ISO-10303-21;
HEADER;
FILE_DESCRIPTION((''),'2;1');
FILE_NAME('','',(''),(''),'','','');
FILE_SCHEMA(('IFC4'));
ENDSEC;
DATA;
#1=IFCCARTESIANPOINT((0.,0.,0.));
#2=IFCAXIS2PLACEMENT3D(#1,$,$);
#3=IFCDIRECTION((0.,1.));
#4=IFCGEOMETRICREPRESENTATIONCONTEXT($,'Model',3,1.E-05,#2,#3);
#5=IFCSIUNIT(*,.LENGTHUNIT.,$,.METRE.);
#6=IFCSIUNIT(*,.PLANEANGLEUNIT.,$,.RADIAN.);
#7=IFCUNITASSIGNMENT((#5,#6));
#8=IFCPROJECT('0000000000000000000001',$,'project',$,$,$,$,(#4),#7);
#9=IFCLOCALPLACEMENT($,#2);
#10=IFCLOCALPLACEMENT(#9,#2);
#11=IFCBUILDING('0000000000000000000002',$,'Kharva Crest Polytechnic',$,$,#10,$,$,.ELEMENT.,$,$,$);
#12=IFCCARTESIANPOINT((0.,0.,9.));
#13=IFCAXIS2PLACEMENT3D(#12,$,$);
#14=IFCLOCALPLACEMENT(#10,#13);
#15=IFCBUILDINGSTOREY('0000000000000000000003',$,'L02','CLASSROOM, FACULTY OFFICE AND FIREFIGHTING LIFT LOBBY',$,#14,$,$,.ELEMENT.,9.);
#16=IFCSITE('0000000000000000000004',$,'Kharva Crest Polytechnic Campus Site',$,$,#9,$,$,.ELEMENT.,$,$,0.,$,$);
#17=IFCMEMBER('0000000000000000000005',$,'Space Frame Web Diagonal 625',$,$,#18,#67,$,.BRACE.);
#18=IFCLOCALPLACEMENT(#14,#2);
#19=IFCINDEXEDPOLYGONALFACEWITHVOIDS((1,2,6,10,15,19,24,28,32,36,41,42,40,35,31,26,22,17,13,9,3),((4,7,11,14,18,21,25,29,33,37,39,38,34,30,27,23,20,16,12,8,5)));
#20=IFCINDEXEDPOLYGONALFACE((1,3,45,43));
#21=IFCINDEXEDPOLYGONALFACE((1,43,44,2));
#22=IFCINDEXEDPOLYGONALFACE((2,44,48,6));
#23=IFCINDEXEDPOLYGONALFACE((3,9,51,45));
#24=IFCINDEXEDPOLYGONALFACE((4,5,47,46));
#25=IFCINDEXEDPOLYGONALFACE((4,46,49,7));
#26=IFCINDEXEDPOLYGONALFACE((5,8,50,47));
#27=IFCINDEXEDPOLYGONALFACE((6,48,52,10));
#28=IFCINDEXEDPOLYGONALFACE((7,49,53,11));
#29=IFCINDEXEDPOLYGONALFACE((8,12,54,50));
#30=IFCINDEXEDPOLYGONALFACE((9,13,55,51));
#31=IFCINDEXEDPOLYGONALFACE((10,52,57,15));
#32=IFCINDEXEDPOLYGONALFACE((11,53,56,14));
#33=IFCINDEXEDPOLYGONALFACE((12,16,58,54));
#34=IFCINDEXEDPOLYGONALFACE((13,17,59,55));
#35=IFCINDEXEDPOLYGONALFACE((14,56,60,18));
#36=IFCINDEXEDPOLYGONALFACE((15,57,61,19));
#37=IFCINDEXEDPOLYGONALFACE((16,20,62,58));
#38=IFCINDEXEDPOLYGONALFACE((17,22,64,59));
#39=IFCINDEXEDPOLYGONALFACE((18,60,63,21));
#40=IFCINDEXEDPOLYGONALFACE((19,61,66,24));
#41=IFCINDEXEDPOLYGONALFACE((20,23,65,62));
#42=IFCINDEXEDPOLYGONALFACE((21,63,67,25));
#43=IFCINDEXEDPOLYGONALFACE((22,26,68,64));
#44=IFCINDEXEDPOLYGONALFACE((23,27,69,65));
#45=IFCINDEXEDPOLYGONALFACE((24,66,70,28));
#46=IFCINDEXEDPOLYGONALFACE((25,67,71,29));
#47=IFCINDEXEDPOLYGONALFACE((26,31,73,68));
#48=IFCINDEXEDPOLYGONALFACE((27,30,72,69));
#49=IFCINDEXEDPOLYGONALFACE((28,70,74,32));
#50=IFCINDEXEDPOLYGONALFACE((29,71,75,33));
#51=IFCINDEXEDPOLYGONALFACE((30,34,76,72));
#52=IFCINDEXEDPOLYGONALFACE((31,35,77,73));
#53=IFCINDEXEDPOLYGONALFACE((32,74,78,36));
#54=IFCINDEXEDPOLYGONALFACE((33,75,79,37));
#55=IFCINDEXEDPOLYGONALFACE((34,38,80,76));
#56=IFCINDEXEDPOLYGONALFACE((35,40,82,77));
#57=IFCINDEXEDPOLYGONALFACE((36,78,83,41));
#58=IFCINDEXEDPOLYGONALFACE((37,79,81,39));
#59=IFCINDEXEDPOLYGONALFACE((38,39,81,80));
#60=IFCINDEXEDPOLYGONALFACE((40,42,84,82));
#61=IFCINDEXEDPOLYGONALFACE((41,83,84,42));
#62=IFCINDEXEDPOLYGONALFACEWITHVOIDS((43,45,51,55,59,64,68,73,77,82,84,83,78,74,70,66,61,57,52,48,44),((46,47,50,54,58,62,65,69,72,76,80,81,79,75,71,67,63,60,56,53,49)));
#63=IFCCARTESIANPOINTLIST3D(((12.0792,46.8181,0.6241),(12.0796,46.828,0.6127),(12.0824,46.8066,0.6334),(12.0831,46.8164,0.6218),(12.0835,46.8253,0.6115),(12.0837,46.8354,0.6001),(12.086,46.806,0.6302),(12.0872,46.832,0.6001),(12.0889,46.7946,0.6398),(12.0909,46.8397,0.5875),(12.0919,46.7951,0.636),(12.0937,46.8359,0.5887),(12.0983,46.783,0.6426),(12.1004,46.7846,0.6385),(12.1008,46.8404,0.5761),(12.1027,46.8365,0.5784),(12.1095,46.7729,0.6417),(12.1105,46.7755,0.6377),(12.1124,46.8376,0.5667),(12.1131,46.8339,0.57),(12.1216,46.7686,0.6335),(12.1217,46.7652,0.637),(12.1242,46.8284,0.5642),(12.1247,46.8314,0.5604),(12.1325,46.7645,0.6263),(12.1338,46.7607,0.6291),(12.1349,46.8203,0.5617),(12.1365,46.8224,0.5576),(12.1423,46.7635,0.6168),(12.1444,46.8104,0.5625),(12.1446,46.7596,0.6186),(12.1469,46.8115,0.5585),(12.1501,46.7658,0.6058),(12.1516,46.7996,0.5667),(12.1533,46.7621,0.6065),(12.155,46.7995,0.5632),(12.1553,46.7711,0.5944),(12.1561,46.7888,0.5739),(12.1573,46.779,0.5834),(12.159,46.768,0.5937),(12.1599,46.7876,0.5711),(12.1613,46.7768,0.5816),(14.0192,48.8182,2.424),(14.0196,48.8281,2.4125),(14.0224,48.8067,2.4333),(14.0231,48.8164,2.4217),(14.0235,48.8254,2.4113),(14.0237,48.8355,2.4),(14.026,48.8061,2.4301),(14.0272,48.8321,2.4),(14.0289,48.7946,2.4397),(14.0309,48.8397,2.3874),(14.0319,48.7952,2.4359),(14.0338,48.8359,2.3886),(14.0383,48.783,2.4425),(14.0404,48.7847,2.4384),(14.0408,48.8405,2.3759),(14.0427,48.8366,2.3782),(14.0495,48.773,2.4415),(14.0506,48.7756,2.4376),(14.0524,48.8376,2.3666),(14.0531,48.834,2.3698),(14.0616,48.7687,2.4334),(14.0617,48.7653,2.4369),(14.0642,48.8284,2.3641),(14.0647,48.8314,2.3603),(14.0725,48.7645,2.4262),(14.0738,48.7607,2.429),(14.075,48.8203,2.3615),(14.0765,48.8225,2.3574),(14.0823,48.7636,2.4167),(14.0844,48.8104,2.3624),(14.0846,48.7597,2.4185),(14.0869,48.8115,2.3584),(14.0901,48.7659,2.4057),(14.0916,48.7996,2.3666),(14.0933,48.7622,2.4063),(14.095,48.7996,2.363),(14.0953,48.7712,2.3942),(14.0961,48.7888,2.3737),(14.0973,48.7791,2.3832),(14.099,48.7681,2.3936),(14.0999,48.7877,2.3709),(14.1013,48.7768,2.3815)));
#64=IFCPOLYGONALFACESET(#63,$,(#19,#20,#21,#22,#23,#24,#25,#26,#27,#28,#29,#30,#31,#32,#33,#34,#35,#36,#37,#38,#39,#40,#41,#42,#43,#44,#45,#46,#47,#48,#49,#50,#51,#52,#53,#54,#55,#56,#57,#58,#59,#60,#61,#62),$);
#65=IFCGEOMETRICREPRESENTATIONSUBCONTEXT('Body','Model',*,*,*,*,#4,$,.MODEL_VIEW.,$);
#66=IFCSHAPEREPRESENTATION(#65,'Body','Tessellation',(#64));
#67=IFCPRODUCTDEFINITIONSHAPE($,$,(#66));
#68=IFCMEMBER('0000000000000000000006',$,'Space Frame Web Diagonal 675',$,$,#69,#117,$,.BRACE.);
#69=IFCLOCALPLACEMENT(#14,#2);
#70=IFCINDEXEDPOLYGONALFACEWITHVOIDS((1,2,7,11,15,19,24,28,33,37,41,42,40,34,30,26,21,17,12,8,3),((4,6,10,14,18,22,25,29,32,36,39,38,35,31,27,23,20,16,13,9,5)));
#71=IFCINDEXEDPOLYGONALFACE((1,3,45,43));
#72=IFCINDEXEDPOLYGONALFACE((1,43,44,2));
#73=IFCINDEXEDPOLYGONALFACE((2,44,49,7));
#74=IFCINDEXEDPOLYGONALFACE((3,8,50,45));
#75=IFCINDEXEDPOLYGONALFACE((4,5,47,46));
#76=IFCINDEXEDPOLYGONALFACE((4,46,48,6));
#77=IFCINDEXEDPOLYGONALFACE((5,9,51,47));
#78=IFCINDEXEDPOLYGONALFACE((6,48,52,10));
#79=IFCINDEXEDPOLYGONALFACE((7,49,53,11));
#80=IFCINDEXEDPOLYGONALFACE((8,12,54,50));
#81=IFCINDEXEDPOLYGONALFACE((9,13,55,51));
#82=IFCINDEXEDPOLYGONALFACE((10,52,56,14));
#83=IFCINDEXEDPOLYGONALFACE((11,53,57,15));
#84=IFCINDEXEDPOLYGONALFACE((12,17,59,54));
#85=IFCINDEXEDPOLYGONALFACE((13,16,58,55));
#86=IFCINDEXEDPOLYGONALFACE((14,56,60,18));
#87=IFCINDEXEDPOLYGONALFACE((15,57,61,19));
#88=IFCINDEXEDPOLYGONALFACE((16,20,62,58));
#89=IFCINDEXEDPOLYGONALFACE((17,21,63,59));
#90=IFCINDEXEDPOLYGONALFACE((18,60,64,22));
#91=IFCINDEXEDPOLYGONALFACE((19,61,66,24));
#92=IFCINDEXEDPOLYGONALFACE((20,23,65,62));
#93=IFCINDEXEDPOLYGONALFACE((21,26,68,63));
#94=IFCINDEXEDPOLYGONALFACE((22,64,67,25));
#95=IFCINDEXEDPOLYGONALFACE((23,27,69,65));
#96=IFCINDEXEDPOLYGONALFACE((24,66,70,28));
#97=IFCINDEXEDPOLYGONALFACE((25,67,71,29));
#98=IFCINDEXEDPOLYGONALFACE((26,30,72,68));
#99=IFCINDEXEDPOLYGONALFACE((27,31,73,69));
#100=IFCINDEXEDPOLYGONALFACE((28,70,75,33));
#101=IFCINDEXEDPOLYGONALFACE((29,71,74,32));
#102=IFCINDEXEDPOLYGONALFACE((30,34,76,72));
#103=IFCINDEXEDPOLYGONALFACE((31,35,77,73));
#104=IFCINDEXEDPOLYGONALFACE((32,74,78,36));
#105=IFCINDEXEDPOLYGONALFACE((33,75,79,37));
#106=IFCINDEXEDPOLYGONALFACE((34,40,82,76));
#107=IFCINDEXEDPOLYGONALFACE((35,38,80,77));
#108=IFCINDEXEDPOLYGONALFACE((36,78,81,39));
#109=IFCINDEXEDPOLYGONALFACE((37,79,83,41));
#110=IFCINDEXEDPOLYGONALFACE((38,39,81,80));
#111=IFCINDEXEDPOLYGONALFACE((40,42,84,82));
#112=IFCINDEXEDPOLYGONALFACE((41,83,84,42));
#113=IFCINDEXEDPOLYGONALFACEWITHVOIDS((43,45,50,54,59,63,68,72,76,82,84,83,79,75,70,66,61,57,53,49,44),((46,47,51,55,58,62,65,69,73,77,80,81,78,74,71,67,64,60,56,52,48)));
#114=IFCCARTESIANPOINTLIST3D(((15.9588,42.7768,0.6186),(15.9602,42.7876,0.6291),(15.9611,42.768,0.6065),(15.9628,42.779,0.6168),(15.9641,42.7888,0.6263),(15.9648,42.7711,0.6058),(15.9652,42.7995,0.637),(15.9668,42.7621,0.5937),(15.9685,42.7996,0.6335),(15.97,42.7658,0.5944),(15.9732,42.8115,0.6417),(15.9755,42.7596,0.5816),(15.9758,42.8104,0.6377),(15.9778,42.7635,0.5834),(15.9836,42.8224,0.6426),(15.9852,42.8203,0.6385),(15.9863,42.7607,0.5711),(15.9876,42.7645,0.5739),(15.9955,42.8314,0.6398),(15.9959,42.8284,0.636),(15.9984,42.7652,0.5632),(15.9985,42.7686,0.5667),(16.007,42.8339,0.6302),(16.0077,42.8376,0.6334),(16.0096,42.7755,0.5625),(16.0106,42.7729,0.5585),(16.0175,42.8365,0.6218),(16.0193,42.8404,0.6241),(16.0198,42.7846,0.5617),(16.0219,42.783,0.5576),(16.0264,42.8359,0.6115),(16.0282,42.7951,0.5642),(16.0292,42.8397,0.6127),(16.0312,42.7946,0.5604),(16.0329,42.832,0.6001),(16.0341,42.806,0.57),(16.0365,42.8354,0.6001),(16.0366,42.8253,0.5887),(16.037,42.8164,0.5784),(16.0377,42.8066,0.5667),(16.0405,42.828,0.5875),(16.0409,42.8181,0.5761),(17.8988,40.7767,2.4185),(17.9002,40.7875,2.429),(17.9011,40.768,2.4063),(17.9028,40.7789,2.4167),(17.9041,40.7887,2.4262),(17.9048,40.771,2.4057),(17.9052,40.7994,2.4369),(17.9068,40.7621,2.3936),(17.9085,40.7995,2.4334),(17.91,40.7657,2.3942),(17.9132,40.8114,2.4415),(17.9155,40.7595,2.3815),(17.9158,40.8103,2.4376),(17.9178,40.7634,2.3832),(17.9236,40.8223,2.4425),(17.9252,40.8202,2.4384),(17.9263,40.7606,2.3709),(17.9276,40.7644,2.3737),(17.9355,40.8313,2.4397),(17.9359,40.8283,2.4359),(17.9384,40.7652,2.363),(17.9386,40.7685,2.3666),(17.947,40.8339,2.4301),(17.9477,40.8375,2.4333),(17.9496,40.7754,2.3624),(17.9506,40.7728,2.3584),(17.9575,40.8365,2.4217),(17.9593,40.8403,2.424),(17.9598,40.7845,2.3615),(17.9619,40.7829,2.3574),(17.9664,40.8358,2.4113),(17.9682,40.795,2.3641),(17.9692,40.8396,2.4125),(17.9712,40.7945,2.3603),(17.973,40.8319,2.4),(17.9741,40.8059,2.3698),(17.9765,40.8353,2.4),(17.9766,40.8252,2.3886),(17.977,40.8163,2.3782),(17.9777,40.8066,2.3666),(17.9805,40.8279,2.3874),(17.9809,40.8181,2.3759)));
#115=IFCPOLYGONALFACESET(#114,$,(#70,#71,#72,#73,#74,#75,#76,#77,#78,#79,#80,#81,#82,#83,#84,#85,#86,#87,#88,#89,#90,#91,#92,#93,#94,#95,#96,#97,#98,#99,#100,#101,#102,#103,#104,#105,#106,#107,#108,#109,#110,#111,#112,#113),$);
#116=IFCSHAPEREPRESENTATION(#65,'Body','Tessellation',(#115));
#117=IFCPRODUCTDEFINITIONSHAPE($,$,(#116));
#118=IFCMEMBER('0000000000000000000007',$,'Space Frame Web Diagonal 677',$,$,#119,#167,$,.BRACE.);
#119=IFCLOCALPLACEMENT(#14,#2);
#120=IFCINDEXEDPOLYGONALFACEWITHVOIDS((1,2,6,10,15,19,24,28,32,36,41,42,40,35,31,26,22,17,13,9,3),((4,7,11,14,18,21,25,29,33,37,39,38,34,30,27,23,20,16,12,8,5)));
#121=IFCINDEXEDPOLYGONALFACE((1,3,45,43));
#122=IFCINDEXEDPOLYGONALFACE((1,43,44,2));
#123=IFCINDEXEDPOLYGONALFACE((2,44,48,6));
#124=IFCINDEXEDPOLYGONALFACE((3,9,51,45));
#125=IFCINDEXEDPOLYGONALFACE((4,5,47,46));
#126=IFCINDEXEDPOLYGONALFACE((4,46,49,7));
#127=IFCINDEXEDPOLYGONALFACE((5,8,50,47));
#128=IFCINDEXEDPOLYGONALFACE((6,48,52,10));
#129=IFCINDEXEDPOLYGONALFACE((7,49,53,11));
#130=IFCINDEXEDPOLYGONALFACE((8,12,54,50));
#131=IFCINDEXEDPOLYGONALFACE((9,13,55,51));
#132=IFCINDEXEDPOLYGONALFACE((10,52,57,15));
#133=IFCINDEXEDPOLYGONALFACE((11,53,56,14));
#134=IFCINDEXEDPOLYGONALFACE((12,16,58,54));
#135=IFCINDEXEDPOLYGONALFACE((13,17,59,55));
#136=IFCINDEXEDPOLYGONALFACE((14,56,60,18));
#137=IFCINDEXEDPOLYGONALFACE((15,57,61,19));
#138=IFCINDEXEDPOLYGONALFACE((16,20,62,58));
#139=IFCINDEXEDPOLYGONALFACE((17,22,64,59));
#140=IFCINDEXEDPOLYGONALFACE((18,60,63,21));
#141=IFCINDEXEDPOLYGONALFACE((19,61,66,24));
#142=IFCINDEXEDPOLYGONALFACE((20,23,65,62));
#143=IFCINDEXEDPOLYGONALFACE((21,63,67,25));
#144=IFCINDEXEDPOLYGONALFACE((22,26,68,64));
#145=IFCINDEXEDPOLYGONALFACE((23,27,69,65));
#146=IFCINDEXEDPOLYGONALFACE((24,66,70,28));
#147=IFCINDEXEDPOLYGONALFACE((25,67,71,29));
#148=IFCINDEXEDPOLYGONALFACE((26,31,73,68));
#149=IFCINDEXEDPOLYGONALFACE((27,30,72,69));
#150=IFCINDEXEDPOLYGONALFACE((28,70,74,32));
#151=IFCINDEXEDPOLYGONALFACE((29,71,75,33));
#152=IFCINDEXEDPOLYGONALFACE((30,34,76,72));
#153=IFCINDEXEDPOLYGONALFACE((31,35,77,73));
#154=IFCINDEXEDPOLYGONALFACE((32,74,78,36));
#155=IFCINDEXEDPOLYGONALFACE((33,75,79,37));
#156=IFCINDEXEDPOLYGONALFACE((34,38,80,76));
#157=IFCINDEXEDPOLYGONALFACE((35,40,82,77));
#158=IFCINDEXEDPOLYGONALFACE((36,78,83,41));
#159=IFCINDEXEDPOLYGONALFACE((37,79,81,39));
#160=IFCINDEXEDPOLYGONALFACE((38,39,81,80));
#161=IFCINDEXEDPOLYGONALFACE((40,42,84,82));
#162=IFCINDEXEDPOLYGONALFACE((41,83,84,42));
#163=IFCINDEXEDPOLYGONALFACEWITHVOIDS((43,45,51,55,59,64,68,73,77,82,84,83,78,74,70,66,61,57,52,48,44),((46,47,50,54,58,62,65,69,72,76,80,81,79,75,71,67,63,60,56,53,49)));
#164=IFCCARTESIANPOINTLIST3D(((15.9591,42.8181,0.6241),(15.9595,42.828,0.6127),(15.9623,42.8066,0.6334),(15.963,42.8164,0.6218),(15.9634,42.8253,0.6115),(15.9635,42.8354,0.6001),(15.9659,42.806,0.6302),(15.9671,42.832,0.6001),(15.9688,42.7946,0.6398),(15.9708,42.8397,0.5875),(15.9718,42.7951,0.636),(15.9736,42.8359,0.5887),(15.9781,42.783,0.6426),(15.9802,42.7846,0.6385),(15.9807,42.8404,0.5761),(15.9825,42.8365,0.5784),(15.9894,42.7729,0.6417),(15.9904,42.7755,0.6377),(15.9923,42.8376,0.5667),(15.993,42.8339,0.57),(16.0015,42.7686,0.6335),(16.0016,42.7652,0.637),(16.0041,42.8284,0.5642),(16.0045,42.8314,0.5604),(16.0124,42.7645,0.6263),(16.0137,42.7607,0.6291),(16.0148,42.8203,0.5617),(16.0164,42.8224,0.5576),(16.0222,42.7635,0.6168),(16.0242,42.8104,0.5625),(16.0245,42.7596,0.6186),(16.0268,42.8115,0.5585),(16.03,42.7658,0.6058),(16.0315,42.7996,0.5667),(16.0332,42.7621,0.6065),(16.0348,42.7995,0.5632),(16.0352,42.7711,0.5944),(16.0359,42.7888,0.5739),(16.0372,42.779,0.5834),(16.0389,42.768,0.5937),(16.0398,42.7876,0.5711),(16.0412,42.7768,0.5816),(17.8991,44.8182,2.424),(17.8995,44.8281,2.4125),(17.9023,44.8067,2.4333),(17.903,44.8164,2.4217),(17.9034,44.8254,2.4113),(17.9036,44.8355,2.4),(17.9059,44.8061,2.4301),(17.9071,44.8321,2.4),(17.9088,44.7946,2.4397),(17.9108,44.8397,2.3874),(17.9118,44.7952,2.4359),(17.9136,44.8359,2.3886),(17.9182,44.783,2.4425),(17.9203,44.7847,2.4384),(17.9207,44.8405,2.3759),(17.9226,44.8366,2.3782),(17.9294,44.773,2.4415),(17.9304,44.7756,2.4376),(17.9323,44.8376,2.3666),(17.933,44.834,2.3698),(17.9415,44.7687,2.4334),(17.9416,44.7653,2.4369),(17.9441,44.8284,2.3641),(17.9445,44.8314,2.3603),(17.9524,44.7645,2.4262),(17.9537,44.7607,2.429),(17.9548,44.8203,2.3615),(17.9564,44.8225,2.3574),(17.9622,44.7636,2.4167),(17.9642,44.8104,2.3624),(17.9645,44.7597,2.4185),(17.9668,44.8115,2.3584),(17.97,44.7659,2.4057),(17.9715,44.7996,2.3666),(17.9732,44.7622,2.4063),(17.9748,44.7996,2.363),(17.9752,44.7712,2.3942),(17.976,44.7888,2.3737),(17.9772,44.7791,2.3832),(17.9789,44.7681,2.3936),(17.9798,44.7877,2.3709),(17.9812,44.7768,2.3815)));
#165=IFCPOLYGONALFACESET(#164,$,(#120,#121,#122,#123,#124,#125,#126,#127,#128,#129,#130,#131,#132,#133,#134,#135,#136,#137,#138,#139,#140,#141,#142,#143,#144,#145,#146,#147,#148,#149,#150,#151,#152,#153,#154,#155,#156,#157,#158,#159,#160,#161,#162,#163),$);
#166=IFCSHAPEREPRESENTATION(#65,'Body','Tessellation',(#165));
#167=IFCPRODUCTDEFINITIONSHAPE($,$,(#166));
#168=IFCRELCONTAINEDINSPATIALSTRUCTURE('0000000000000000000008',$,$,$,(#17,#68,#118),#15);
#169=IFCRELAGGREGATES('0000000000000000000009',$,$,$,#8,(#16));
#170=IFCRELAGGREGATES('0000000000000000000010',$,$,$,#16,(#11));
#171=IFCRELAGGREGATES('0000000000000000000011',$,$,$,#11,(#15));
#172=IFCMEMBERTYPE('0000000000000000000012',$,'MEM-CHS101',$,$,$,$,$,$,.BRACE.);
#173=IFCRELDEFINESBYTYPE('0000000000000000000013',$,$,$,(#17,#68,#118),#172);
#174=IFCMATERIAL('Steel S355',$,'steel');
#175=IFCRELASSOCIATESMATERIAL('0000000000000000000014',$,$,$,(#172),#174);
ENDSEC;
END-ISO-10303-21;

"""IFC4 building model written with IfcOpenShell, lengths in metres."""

from ifc_helpers import new_model, si_unit, direction, frame, origin, origin_2d, place, context, subcontext, project, spatial, hollow_circle, extrude, material, material_profile, profile_set, type_object, element, save


model = new_model("IFC4")

# Units and contexts
model_context = context("Model", 3, precision=1e-05, world=origin(), true_north=direction((0.0, 1.0)))
body_context = subcontext(model_context, "Body", "Model", "MODEL_VIEW")
ifc_project = project(units=[si_unit("LENGTHUNIT", "METRE"), si_unit("PLANEANGLEUNIT", "RADIAN")], contexts=[model_context])

# Site, building, storey
site_placement = place(None, origin())
site = spatial("IfcSite", under=ifc_project, at=site_placement, Name="Kharva Crest Polytechnic Campus Site", CompositionType="ELEMENT", RefElevation=0.0)
building_placement = place(site_placement, origin())
building = spatial("IfcBuilding", under=site, at=building_placement, Name="Kharva Crest Polytechnic", CompositionType="ELEMENT")
storey_placement = place(building_placement, frame((0.0, 0.0, 9.0)))
storey = spatial("IfcBuildingStorey", under=building, at=storey_placement, Name="L02", Description="CLASSROOM, FACULTY OFFICE AND FIREFIGHTING LIFT LOBBY", CompositionType="ELEMENT", Elevation=9.0)

# Shared definitions
ifc_material_1 = material(Name="Steel S355", Category="steel")

# Members
ifc_material_profile_1 = material_profile(ifc_material_1, hollow_circle(Radius=0.0508, WallThickness=0.0049, at=origin_2d()), Name="CHS 101.6X5.0")
ifc_profile_set_1 = profile_set([ifc_material_profile_1], Name="Steel S355")
member_type_1 = type_object("IfcMemberType", Name="MEM-CHS101", PredefinedType="BRACE", material=ifc_profile_set_1)
for number, where, z_axis, x_axis, name in (
    (1, (12.1201, 46.8, 0.6001), (0.584843, 0.60295, 0.542596), (-0.717802, 0.696247, 0.0), "Space Frame Web Diagonal 625"),
    (2, (16.0, 42.8, 0.6001), (0.584843, -0.60295, 0.542596), (0.717802, 0.696247, 0.0), "Space Frame Web Diagonal 675"),
    (3, (16.0, 42.8, 0.6001), (0.584843, 0.60295, 0.542596), (-0.717802, 0.696247, 0.0), "Space Frame Web Diagonal 677"),
):
    element("IfcMember", number, at=place(storey_placement, frame(where, z_axis=z_axis, x_axis=x_axis)), inside=storey, type_object=member_type_1, Name=name, PredefinedType="BRACE", context=body_context, shape_type="SweptSolid", body=[
        extrude(hollow_circle(Radius=0.0508, WallThickness=0.0049, at=origin_2d()), origin(), (0.0, 0.0, 1.0), 3.3171),
    ])

save(model, "model.ifc")
